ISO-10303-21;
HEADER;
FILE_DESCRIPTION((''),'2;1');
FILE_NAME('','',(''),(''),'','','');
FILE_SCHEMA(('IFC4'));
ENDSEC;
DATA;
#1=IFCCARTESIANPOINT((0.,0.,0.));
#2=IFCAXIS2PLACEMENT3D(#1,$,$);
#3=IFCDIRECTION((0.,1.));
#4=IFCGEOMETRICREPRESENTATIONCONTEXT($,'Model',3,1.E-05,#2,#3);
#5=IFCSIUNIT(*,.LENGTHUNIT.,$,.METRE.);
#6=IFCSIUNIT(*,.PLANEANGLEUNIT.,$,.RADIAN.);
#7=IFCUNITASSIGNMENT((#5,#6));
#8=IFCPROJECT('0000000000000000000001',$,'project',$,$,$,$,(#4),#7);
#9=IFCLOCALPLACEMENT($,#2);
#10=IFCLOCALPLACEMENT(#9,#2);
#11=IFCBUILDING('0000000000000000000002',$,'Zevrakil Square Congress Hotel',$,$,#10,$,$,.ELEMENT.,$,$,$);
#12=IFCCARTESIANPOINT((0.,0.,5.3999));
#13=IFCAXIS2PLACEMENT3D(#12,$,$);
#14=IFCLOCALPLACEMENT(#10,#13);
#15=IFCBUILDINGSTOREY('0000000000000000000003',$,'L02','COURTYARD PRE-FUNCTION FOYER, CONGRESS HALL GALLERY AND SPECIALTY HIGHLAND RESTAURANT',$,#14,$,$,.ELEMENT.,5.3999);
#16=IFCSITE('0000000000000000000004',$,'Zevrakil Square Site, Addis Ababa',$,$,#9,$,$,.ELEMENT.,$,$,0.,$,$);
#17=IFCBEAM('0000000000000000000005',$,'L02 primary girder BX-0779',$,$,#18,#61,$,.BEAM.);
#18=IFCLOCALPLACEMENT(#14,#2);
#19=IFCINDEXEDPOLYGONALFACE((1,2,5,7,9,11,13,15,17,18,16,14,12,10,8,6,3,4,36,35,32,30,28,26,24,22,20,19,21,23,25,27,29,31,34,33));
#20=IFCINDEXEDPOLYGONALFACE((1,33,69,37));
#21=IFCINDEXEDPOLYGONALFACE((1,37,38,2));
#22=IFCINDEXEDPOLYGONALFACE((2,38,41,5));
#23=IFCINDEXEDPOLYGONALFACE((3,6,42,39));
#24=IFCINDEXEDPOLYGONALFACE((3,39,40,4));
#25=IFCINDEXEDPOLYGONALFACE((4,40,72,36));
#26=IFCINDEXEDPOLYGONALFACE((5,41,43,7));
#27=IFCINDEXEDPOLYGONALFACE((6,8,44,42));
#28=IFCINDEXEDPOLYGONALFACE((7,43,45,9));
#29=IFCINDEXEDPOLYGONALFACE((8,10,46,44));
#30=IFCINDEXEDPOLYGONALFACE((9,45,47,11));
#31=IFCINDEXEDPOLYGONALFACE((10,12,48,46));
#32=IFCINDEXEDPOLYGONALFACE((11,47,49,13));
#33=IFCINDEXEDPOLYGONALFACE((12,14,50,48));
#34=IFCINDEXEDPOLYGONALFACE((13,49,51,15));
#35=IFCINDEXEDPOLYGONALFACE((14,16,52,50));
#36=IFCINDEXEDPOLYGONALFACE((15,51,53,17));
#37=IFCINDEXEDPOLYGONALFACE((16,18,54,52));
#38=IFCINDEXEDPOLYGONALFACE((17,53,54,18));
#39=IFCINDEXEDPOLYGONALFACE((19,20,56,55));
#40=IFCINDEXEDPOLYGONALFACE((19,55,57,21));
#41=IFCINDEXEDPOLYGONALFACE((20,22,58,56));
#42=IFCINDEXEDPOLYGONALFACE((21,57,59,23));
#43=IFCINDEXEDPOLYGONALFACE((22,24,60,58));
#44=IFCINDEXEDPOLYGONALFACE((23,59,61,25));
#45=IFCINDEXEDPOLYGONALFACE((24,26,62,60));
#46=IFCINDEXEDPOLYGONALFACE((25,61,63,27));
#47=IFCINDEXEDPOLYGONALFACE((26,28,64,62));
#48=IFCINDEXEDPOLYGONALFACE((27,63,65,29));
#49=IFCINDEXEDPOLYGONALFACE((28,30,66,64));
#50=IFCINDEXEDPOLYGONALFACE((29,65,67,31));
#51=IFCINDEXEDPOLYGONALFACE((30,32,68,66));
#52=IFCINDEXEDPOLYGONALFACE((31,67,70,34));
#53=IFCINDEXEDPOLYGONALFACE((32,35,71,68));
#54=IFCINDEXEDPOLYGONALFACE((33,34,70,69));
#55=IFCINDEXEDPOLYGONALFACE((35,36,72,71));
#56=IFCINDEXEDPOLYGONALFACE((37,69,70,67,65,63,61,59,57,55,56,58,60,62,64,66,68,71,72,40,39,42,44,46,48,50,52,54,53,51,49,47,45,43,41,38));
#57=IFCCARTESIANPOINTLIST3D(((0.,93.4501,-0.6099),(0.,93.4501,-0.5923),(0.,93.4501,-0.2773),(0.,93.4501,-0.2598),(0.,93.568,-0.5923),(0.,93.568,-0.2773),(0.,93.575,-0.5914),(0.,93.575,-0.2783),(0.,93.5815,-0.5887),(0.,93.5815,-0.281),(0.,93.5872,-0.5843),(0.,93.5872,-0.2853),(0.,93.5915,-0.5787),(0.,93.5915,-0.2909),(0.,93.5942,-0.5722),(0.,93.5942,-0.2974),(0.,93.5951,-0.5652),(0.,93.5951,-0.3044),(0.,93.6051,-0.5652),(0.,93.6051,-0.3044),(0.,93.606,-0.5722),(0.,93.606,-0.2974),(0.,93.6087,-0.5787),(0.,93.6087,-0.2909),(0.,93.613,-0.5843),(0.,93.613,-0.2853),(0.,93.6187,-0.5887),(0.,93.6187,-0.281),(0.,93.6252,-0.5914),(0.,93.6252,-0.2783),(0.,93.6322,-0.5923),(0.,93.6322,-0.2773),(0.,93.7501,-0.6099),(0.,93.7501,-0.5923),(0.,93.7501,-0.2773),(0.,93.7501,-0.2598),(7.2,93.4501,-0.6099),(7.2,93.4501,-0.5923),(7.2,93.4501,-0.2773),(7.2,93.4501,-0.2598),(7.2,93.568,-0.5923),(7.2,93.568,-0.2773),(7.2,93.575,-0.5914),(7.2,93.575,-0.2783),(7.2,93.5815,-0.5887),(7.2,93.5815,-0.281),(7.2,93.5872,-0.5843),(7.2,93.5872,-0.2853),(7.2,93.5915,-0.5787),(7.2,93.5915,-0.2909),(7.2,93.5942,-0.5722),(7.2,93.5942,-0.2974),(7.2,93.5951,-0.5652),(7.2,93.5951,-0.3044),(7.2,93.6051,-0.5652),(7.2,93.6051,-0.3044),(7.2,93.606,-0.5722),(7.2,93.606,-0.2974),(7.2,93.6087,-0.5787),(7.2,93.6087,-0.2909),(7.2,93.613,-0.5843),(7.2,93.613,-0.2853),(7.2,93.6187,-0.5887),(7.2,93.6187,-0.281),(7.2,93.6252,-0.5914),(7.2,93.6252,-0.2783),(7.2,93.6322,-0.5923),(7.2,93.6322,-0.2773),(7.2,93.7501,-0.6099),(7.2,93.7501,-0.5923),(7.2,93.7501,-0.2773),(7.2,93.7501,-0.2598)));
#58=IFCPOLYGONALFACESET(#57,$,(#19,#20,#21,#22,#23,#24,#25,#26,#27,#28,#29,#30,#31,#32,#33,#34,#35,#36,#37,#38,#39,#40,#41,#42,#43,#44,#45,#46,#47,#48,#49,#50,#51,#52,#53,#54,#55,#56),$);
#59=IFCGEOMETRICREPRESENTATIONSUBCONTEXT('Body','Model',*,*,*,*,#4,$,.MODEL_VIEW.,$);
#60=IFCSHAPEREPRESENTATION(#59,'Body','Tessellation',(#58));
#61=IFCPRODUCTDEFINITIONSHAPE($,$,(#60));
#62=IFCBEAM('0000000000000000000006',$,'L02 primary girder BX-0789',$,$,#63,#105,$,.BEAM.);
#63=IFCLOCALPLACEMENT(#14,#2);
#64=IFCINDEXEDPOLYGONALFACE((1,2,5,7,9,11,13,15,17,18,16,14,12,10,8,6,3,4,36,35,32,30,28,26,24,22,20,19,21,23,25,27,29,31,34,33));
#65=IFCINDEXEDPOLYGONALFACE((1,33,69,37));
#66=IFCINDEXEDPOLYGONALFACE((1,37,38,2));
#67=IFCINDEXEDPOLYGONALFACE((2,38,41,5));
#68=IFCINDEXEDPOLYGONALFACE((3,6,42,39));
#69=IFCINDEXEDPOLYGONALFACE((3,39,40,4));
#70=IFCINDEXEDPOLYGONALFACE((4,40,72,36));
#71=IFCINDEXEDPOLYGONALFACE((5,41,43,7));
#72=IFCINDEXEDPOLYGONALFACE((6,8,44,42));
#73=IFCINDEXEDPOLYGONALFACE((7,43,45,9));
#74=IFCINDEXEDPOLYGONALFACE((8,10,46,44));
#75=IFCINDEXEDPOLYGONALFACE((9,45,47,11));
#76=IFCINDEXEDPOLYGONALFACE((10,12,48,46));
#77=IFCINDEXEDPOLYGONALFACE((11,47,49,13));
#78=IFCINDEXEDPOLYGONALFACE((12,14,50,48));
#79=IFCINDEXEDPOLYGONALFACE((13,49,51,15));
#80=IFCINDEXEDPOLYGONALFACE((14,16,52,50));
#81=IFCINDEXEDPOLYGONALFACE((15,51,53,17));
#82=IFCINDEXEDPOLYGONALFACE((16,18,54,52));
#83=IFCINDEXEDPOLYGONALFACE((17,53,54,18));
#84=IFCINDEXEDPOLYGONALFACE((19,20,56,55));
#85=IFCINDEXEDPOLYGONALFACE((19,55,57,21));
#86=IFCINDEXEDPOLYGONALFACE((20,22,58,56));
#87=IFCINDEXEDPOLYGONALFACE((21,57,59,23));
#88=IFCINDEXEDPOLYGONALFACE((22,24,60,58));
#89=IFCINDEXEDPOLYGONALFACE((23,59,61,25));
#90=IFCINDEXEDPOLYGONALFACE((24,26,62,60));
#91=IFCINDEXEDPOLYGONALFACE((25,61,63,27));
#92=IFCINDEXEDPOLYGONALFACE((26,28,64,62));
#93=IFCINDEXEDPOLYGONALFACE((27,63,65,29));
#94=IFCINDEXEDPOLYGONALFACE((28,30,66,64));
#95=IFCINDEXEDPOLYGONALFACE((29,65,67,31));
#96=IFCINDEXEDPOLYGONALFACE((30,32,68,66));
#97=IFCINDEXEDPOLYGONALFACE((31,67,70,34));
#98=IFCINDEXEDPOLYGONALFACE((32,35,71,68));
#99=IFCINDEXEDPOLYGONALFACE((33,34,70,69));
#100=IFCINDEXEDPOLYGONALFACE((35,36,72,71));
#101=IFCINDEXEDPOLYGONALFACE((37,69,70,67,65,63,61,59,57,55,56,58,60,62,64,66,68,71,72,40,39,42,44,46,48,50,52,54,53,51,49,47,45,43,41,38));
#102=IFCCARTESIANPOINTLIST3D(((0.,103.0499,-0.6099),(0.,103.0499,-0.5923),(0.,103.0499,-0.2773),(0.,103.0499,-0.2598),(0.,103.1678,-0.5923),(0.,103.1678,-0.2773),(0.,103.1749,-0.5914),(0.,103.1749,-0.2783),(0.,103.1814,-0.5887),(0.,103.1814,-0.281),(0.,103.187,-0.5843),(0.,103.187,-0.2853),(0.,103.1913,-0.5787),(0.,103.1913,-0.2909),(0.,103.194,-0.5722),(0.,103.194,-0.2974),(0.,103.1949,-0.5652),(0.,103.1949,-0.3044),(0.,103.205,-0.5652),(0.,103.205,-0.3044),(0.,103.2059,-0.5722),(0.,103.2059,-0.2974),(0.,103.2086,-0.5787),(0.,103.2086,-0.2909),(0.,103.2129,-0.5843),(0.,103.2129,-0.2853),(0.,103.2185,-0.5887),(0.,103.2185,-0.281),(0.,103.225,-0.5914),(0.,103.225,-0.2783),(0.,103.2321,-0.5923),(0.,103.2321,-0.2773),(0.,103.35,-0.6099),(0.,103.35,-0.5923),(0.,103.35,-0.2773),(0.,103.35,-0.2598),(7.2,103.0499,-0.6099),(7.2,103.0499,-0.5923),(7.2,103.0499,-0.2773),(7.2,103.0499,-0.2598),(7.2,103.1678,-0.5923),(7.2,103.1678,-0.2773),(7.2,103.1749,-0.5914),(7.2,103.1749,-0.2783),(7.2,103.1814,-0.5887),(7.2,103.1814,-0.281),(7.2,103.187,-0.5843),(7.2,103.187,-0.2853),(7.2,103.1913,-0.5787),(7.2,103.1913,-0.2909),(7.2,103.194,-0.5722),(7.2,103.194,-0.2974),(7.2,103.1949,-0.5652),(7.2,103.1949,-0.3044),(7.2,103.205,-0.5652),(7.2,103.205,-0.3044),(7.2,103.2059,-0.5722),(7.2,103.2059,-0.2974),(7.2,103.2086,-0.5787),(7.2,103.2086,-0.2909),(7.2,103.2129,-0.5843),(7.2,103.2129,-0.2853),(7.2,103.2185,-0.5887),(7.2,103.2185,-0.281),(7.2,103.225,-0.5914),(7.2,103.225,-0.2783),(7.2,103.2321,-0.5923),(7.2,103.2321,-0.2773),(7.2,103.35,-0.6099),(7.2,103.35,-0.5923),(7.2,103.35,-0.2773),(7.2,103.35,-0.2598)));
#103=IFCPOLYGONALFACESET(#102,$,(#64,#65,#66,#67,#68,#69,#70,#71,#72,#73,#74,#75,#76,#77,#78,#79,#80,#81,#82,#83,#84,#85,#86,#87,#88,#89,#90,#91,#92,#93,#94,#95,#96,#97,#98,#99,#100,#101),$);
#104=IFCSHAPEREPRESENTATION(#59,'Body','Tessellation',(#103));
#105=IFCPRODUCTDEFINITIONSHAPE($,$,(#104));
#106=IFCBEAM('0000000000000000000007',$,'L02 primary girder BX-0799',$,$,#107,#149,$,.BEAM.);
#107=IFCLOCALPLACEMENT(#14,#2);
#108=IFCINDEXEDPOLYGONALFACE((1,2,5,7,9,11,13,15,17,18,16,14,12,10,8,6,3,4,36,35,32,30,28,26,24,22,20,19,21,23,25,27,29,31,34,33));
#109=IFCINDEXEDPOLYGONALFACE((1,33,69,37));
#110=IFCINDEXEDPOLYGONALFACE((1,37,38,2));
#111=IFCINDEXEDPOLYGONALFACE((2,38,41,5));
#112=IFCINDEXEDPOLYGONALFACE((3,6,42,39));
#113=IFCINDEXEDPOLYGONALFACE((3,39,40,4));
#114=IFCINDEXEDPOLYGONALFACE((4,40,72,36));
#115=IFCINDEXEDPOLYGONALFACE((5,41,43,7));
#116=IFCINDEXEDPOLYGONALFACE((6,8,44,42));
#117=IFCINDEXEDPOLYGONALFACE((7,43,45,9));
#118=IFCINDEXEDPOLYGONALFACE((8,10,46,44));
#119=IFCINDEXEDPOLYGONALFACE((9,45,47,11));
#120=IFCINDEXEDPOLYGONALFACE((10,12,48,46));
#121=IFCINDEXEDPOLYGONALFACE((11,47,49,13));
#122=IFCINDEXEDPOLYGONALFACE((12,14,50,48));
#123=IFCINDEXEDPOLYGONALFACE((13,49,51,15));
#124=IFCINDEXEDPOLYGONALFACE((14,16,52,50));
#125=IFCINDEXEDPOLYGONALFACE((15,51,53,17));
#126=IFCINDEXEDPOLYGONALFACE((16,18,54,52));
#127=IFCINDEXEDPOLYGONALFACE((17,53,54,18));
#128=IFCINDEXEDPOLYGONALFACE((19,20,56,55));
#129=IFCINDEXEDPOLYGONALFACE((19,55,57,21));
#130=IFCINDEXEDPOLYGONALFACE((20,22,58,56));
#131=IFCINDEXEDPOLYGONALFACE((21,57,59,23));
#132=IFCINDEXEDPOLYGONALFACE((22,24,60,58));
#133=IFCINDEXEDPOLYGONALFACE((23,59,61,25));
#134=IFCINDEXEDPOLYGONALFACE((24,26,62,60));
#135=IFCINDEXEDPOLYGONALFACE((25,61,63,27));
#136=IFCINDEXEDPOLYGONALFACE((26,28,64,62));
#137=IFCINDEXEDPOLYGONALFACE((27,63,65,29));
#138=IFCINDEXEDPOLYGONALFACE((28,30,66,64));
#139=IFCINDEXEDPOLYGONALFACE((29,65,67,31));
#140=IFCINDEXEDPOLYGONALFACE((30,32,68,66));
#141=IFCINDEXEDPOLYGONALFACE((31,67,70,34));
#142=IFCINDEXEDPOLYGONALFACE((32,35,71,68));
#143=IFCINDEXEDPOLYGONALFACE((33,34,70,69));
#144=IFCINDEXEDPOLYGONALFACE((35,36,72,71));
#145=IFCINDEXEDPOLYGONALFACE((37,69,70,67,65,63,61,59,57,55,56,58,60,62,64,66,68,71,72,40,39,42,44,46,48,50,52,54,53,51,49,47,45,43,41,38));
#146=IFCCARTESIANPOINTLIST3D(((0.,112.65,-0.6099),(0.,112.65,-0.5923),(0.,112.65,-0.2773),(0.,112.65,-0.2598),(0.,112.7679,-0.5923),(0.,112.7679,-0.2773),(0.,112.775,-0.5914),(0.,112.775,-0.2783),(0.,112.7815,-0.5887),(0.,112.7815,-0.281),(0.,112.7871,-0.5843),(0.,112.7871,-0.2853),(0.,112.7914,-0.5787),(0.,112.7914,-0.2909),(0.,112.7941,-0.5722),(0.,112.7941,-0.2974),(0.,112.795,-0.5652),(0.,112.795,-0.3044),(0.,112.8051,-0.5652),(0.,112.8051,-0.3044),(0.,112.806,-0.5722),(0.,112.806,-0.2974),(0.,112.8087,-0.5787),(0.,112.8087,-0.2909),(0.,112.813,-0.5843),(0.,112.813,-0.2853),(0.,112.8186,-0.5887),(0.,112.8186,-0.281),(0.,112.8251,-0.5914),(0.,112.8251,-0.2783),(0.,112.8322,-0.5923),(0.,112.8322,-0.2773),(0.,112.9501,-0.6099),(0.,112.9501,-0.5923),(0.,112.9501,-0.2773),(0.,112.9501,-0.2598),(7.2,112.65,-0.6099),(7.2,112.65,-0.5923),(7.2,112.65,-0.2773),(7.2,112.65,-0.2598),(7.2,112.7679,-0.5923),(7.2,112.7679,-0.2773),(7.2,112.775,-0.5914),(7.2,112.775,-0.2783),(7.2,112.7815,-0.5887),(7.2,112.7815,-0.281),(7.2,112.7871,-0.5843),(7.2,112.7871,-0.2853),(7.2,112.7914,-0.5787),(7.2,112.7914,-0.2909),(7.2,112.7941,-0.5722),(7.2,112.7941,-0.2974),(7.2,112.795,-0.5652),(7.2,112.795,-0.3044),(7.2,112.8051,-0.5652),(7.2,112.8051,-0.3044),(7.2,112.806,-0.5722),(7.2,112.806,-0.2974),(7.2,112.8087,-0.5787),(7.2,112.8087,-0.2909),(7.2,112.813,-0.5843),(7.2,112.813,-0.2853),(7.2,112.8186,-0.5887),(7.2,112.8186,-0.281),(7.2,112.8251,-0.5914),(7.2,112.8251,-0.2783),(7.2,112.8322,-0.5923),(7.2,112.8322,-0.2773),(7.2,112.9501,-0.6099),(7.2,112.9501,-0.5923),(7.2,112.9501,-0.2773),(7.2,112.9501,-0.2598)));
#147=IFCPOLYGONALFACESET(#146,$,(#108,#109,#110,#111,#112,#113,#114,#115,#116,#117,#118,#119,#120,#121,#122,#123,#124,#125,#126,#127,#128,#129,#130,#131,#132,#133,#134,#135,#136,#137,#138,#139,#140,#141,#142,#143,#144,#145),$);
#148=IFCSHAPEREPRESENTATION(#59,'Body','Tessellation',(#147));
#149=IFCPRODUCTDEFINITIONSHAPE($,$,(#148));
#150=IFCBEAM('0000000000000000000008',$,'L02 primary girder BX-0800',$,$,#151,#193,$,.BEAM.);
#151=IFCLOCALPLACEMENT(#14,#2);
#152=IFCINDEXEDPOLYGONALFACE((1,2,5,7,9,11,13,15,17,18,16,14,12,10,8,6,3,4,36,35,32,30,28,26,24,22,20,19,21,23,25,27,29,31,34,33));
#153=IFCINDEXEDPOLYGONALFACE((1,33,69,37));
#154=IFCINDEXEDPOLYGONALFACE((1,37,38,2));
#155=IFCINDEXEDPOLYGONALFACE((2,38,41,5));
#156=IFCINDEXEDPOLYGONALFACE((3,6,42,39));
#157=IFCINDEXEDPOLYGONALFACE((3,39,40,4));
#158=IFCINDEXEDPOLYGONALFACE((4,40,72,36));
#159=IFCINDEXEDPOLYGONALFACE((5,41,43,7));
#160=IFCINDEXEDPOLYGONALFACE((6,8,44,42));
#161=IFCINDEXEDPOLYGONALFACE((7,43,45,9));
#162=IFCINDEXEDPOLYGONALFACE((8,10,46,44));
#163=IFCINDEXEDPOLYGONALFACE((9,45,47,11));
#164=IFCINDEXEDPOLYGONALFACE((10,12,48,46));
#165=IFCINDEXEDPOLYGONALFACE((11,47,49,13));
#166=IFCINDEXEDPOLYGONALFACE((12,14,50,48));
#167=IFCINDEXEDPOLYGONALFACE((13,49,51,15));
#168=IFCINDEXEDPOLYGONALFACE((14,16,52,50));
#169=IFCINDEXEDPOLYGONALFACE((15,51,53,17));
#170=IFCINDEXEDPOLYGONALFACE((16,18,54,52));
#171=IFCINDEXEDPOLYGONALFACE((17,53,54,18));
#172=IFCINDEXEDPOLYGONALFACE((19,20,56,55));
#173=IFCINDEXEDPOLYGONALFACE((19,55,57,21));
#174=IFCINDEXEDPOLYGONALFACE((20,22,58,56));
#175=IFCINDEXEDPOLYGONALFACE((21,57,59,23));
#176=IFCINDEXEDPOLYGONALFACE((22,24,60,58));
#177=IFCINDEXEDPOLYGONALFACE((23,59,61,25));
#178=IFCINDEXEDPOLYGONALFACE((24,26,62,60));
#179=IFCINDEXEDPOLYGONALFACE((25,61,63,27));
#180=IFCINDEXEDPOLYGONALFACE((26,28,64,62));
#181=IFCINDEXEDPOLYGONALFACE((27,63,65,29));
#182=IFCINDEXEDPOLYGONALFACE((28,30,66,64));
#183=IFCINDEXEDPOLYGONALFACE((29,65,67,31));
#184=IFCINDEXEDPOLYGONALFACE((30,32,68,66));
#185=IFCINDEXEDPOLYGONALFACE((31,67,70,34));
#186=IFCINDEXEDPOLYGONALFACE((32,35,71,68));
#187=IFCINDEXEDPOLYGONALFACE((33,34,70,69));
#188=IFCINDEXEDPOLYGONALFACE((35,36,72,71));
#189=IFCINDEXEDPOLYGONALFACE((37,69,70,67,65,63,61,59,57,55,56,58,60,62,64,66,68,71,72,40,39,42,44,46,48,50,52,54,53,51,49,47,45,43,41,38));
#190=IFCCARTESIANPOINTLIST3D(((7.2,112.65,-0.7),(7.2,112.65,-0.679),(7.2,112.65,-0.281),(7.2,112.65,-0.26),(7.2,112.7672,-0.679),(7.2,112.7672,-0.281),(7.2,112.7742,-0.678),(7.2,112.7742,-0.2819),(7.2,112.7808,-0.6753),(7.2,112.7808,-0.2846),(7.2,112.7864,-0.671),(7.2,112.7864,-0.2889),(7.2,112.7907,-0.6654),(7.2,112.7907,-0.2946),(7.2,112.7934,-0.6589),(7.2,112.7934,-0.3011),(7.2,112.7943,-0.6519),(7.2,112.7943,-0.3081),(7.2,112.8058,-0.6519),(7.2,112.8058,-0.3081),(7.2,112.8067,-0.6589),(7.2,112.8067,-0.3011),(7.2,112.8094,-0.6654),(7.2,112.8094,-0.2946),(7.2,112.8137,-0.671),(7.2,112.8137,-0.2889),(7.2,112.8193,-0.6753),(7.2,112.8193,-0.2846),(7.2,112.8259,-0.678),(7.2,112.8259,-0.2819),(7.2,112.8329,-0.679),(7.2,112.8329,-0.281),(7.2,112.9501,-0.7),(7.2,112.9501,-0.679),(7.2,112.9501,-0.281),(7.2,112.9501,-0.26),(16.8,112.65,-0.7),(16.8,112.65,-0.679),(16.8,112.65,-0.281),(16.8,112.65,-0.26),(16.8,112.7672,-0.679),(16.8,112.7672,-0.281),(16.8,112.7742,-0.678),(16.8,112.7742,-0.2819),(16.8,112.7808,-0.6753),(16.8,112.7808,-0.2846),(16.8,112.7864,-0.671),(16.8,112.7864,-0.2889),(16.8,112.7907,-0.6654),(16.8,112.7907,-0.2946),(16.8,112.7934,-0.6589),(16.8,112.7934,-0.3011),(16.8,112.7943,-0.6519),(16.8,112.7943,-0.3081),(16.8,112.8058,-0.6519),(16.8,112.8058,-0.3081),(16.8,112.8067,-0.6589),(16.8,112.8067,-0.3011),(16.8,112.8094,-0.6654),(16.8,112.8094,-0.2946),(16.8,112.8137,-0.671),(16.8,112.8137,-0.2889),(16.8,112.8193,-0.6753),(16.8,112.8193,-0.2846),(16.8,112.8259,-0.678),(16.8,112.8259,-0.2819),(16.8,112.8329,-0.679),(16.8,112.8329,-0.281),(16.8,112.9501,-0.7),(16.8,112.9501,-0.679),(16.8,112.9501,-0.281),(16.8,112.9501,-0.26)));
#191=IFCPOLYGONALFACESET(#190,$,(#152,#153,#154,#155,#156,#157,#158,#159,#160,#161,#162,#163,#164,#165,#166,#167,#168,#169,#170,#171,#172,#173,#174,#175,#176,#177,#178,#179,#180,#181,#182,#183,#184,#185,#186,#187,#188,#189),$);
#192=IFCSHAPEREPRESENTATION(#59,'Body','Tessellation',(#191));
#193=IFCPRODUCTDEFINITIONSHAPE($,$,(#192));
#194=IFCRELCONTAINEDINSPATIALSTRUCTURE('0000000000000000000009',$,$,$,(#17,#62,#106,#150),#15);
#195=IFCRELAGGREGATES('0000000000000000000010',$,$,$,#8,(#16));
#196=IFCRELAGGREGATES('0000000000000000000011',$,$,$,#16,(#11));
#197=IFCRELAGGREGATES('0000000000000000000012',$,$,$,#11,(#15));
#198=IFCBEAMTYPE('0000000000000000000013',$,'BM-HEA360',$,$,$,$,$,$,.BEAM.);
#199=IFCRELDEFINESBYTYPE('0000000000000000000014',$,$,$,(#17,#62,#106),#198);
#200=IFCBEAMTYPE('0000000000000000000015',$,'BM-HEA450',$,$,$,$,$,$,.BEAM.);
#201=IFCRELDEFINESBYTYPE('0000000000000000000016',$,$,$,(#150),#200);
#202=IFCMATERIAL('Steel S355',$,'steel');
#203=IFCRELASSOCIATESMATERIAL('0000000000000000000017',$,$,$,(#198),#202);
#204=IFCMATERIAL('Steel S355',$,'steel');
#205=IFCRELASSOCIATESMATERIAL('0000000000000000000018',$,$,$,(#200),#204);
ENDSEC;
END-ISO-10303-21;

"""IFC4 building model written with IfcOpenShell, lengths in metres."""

from ifc_helpers import new_model, si_unit, direction, frame, origin, origin_2d, place, context, subcontext, project, spatial, i_section, extrude, material, material_profile, profile_set, type_object, element, save


model = new_model("IFC4")

# Units and contexts
model_context = context("Model", 3, precision=1e-05, world=origin(), true_north=direction((0.0, 1.0)))
body_context = subcontext(model_context, "Body", "Model", "MODEL_VIEW")
ifc_project = project(units=[si_unit("LENGTHUNIT", "METRE"), si_unit("PLANEANGLEUNIT", "RADIAN")], contexts=[model_context])

# Site, building, storey
site_placement = place(None, origin())
site = spatial("IfcSite", under=ifc_project, at=site_placement, Name="Zevrakil Square Site, Addis Ababa", CompositionType="ELEMENT", RefElevation=0.0)
building_placement = place(site_placement, origin())
building = spatial("IfcBuilding", under=site, at=building_placement, Name="Zevrakil Square Congress Hotel", CompositionType="ELEMENT")
storey_placement = place(building_placement, frame((0.0, 0.0, 5.3999)))
storey = spatial("IfcBuildingStorey", under=building, at=storey_placement, Name="L02", Description="COURTYARD PRE-FUNCTION FOYER, CONGRESS HALL GALLERY AND SPECIALTY HIGHLAND RESTAURANT", CompositionType="ELEMENT", Elevation=5.3999)

# Beams
ifc_material_1 = material(Name="Steel S355", Category="steel")
ifc_material_profile_1 = material_profile(ifc_material_1, i_section(OverallWidth=0.3, OverallDepth=0.3501, WebThickness=0.01, FlangeThickness=0.0176, FilletRadius=0.0271, at=origin_2d()), Name="HEA 360")
ifc_profile_set_1 = profile_set([ifc_material_profile_1], Name="Steel S355")
beam_type_1 = type_object("IfcBeamType", Name="BM-HEA360", PredefinedType="BEAM", material=ifc_profile_set_1)
for number, where, z_axis, x_axis, name in (
    (1, (0.0, 93.6001, -0.4348), (1.0, 0.0, 0.0), (0.0, 1.0, 0.0), "L02 primary girder BX-0779"),
    (2, (0.0, 103.2, -0.4348), (1.0, 0.0, 0.0), (0.0, 1.0, 0.0), "L02 primary girder BX-0789"),
    (3, (0.0, 112.8, -0.4348), (1.0, 0.0, 0.0), (0.0, 1.0, 0.0), "L02 primary girder BX-0799"),
):
    element("IfcBeam", number, at=place(storey_placement, frame(where, z_axis=z_axis, x_axis=x_axis)), inside=storey, type_object=beam_type_1, Name=name, PredefinedType="BEAM", context=body_context, shape_type="SweptSolid", body=[
        extrude(i_section(OverallWidth=0.3, OverallDepth=0.3501, WebThickness=0.01, FlangeThickness=0.0176, FilletRadius=0.0271, at=origin_2d()), origin(), (0.0, 0.0, 1.0), 7.2),
    ])
ifc_material_2 = material(Name="Steel S355", Category="steel")
ifc_material_profile_2 = material_profile(ifc_material_2, i_section(OverallWidth=0.3, OverallDepth=0.4399, WebThickness=0.0115, FlangeThickness=0.021, FilletRadius=0.0271, at=origin_2d()), Name="HEA 450")
ifc_profile_set_2 = profile_set([ifc_material_profile_2], Name="Steel S355")
beam_type_2 = type_object("IfcBeamType", Name="BM-HEA450", PredefinedType="BEAM", material=ifc_profile_set_2)
beam_1_placement = place(storey_placement, frame((7.2, 112.8, -0.48), z_axis=(1.0, 0.0, 0.0), x_axis=(0.0, 1.0, 0.0)))
element("IfcBeam", 4, at=beam_1_placement, inside=storey, type_object=beam_type_2, Name="L02 primary girder BX-0800", PredefinedType="BEAM", context=body_context, shape_type="SweptSolid", body=[
    extrude(i_section(OverallWidth=0.3, OverallDepth=0.4399, WebThickness=0.0115, FlangeThickness=0.021, FilletRadius=0.0271, at=origin_2d()), origin(), (0.0, 0.0, 1.0), 9.6001),
])

save(model, "model.ifc")
